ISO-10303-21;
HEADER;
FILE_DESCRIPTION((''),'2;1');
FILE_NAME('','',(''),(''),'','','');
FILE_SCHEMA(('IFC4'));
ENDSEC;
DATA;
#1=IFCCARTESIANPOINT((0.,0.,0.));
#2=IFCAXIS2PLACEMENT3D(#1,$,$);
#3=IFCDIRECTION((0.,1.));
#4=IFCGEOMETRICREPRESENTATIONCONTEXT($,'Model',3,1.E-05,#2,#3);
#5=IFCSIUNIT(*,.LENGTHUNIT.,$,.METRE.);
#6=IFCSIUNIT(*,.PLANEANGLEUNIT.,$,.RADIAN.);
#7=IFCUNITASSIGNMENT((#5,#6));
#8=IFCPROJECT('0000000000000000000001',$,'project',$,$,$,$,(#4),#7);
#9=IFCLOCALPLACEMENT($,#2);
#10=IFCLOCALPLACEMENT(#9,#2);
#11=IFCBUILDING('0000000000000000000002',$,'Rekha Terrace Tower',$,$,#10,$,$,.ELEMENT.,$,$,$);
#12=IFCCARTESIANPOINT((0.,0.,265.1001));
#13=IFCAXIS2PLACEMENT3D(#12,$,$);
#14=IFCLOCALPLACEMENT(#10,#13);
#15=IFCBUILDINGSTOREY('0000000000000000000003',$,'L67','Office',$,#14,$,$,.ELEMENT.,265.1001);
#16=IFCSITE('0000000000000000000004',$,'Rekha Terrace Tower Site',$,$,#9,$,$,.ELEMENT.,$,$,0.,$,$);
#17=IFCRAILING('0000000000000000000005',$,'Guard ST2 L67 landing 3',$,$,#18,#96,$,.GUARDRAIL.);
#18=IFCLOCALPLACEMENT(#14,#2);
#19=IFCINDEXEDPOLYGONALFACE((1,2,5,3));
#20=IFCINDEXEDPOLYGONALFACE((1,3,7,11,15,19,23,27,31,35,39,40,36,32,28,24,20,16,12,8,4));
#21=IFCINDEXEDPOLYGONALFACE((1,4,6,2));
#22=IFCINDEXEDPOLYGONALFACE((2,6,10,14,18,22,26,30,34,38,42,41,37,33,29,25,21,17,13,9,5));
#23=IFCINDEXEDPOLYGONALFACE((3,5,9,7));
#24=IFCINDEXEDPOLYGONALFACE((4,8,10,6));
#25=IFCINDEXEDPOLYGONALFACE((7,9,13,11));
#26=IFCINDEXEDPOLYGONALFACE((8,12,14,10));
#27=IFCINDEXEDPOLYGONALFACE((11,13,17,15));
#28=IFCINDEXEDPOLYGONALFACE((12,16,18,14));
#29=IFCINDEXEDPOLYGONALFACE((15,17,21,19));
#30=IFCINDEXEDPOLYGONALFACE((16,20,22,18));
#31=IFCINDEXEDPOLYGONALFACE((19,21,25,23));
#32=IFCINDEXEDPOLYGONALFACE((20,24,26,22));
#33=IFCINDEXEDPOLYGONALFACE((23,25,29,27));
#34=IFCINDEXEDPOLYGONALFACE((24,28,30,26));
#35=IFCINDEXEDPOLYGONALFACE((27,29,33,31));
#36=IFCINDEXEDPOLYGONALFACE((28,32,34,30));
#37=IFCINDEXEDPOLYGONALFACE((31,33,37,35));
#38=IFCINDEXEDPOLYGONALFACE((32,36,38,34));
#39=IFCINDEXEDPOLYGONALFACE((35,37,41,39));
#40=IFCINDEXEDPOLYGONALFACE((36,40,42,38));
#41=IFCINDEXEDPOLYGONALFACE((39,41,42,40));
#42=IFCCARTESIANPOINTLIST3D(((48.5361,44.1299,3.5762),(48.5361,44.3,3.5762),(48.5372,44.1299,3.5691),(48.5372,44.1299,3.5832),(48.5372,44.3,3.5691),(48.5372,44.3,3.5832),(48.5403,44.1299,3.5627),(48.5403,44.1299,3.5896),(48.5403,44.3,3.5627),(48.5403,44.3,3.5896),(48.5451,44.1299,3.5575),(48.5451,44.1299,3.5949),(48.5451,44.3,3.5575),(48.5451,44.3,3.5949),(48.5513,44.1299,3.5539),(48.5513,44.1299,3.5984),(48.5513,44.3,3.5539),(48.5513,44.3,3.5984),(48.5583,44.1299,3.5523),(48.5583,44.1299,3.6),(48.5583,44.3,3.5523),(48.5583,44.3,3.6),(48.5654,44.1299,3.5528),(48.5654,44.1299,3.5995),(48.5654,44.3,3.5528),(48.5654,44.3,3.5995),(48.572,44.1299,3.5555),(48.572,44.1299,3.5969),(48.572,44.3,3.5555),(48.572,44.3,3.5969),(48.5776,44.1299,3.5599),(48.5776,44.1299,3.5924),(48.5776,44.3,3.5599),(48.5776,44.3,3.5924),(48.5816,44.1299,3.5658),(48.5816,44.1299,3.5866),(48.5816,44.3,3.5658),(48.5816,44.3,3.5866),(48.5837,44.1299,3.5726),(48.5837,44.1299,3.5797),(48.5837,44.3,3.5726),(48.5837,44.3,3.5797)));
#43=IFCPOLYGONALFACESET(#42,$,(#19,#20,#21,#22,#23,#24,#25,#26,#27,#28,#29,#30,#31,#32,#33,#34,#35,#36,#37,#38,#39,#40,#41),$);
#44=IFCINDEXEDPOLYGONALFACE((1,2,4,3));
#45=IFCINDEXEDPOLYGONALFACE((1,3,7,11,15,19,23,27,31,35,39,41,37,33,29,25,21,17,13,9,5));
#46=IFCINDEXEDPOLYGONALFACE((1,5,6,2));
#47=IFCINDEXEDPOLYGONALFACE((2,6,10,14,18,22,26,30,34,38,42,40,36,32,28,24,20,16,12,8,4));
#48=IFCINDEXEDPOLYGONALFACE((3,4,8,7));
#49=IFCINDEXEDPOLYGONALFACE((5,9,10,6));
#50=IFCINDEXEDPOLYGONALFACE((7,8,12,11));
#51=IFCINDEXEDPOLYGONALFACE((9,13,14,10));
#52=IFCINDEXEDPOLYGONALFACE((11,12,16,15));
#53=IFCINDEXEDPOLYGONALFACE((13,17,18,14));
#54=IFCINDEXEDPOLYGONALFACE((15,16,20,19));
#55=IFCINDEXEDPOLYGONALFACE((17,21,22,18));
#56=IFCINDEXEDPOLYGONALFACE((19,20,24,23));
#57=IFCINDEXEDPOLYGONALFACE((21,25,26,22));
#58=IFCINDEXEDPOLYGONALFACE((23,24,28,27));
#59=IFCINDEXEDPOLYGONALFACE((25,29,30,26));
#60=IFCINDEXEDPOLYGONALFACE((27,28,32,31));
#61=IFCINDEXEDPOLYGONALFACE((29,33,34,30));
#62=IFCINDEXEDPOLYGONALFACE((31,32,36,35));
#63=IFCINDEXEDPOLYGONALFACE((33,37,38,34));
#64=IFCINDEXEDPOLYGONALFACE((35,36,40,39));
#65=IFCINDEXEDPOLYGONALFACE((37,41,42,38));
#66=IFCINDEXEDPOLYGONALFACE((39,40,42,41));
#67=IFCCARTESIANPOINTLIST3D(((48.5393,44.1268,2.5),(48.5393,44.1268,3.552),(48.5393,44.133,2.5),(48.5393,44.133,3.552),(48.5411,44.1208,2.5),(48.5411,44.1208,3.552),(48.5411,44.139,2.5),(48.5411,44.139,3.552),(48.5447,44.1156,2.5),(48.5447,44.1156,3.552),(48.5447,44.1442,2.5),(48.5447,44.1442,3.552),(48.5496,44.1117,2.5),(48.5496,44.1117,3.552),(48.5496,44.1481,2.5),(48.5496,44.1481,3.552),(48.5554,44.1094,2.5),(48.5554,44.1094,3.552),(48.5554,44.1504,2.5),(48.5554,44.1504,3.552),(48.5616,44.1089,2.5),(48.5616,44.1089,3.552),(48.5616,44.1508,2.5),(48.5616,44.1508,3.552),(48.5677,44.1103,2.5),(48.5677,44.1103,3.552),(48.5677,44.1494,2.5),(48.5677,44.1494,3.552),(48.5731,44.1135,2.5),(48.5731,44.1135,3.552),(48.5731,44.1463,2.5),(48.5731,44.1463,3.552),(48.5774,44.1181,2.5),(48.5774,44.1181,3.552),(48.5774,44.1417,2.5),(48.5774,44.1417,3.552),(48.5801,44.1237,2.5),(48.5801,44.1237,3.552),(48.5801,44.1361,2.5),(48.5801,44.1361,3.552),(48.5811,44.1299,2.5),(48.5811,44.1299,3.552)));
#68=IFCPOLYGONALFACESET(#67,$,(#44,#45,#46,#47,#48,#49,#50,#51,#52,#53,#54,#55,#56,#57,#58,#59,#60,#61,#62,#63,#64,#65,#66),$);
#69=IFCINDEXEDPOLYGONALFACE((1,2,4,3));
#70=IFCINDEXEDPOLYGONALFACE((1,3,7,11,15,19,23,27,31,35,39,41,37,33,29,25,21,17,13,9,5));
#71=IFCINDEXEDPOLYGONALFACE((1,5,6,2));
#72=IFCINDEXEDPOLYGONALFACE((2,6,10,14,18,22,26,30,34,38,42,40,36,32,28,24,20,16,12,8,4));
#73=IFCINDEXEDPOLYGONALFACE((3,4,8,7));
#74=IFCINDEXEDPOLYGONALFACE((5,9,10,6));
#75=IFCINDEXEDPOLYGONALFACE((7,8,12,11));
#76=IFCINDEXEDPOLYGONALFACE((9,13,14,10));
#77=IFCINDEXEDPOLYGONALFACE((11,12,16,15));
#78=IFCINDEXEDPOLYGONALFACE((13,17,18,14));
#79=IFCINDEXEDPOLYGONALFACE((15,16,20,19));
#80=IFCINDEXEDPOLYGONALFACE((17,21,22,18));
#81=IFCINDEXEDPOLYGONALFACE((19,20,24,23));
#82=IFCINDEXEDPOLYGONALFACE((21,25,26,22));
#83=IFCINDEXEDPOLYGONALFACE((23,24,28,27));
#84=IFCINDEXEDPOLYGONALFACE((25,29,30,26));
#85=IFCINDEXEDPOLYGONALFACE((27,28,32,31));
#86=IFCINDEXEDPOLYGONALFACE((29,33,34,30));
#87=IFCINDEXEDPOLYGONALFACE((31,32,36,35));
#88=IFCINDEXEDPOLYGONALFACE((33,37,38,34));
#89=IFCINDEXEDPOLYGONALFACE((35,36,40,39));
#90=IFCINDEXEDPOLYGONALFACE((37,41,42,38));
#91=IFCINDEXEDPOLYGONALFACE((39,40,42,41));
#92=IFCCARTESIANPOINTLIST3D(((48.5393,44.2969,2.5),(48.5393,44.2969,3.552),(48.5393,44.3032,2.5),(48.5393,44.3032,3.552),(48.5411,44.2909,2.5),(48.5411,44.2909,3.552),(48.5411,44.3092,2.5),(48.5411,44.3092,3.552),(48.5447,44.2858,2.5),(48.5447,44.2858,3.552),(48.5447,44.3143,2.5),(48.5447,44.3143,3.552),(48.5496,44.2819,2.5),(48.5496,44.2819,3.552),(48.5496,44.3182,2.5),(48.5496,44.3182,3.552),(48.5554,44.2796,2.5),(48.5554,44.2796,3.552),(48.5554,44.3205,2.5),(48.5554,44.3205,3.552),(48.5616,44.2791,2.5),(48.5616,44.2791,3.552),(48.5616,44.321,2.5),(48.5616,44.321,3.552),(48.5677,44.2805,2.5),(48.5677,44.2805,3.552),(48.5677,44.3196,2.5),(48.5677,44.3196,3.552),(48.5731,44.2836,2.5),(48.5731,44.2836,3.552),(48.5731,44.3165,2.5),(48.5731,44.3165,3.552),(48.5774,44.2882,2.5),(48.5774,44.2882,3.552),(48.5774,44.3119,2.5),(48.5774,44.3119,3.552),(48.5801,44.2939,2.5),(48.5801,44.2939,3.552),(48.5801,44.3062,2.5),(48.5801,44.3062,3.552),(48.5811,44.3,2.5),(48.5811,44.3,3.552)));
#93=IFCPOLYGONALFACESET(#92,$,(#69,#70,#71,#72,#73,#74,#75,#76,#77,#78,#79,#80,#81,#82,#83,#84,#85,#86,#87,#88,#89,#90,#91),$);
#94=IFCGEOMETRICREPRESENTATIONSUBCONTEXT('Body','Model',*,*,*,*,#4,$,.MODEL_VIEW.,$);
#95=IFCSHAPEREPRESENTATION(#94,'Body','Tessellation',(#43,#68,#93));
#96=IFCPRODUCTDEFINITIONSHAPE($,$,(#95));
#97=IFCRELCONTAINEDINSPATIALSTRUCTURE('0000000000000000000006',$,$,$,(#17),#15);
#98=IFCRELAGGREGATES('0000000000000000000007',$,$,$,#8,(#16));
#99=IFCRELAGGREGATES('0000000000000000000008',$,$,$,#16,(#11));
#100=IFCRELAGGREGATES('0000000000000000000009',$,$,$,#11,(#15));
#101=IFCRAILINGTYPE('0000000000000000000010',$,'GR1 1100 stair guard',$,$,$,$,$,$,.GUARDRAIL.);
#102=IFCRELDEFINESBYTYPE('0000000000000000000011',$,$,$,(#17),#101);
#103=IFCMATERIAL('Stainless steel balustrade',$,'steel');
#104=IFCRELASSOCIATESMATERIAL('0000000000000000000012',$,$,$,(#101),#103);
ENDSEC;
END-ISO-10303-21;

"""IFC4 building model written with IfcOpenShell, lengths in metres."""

from ifc_helpers import new_model, si_unit, direction, frame, origin, origin_2d, place, context, subcontext, project, spatial, circle, extrude, material, type_object, element, save


model = new_model("IFC4")

# Units and contexts
model_context = context("Model", 3, precision=1e-05, world=origin(), true_north=direction((0.0, 1.0)))
body_context = subcontext(model_context, "Body", "Model", "MODEL_VIEW")
ifc_project = project(units=[si_unit("LENGTHUNIT", "METRE"), si_unit("PLANEANGLEUNIT", "RADIAN")], contexts=[model_context])

# Site, building, storey
site_placement = place(None, origin())
site = spatial("IfcSite", under=ifc_project, at=site_placement, Name="Rekha Terrace Tower Site", CompositionType="ELEMENT", RefElevation=0.0)
building_placement = place(site_placement, origin())
building = spatial("IfcBuilding", under=site, at=building_placement, Name="Rekha Terrace Tower", CompositionType="ELEMENT")
storey_placement = place(building_placement, frame((0.0, 0.0, 265.1001)))
storey = spatial("IfcBuildingStorey", under=building, at=storey_placement, Name="L67", Description="Office", CompositionType="ELEMENT", Elevation=265.1001)

# Railing
ifc_material_1 = material(Name="Stainless steel balustrade", Category="steel")
railing_type = type_object("IfcRailingType", Name="GR1 1100 stair guard", PredefinedType="GUARDRAIL", material=ifc_material_1)
railing_1_placement = place(storey_placement, frame((48.5601, 44.1299, 2.5)))
element("IfcRailing", 1, at=railing_1_placement, inside=storey, type_object=railing_type, Name="Guard ST2 L67 landing 3", PredefinedType="GUARDRAIL", context=body_context, shape_type="SweptSolid", body=[
    extrude(circle(Radius=0.0239, at=origin_2d()), frame((0.0, 0.0, 1.0762), z_axis=(0.0, 1.0, 0.0), x_axis=(-1.0, 0.0, 0.0)), (0.0, 0.0, 1.0), 0.1702),
    extrude(circle(Radius=0.021, at=origin_2d()), origin(), (0.0, 0.0, 1.0), 1.052),
    extrude(circle(Radius=0.021, at=origin_2d()), frame((0.0, 0.1702, 0.0)), (0.0, 0.0, 1.0), 1.052),
])

save(model, "model.ifc")
